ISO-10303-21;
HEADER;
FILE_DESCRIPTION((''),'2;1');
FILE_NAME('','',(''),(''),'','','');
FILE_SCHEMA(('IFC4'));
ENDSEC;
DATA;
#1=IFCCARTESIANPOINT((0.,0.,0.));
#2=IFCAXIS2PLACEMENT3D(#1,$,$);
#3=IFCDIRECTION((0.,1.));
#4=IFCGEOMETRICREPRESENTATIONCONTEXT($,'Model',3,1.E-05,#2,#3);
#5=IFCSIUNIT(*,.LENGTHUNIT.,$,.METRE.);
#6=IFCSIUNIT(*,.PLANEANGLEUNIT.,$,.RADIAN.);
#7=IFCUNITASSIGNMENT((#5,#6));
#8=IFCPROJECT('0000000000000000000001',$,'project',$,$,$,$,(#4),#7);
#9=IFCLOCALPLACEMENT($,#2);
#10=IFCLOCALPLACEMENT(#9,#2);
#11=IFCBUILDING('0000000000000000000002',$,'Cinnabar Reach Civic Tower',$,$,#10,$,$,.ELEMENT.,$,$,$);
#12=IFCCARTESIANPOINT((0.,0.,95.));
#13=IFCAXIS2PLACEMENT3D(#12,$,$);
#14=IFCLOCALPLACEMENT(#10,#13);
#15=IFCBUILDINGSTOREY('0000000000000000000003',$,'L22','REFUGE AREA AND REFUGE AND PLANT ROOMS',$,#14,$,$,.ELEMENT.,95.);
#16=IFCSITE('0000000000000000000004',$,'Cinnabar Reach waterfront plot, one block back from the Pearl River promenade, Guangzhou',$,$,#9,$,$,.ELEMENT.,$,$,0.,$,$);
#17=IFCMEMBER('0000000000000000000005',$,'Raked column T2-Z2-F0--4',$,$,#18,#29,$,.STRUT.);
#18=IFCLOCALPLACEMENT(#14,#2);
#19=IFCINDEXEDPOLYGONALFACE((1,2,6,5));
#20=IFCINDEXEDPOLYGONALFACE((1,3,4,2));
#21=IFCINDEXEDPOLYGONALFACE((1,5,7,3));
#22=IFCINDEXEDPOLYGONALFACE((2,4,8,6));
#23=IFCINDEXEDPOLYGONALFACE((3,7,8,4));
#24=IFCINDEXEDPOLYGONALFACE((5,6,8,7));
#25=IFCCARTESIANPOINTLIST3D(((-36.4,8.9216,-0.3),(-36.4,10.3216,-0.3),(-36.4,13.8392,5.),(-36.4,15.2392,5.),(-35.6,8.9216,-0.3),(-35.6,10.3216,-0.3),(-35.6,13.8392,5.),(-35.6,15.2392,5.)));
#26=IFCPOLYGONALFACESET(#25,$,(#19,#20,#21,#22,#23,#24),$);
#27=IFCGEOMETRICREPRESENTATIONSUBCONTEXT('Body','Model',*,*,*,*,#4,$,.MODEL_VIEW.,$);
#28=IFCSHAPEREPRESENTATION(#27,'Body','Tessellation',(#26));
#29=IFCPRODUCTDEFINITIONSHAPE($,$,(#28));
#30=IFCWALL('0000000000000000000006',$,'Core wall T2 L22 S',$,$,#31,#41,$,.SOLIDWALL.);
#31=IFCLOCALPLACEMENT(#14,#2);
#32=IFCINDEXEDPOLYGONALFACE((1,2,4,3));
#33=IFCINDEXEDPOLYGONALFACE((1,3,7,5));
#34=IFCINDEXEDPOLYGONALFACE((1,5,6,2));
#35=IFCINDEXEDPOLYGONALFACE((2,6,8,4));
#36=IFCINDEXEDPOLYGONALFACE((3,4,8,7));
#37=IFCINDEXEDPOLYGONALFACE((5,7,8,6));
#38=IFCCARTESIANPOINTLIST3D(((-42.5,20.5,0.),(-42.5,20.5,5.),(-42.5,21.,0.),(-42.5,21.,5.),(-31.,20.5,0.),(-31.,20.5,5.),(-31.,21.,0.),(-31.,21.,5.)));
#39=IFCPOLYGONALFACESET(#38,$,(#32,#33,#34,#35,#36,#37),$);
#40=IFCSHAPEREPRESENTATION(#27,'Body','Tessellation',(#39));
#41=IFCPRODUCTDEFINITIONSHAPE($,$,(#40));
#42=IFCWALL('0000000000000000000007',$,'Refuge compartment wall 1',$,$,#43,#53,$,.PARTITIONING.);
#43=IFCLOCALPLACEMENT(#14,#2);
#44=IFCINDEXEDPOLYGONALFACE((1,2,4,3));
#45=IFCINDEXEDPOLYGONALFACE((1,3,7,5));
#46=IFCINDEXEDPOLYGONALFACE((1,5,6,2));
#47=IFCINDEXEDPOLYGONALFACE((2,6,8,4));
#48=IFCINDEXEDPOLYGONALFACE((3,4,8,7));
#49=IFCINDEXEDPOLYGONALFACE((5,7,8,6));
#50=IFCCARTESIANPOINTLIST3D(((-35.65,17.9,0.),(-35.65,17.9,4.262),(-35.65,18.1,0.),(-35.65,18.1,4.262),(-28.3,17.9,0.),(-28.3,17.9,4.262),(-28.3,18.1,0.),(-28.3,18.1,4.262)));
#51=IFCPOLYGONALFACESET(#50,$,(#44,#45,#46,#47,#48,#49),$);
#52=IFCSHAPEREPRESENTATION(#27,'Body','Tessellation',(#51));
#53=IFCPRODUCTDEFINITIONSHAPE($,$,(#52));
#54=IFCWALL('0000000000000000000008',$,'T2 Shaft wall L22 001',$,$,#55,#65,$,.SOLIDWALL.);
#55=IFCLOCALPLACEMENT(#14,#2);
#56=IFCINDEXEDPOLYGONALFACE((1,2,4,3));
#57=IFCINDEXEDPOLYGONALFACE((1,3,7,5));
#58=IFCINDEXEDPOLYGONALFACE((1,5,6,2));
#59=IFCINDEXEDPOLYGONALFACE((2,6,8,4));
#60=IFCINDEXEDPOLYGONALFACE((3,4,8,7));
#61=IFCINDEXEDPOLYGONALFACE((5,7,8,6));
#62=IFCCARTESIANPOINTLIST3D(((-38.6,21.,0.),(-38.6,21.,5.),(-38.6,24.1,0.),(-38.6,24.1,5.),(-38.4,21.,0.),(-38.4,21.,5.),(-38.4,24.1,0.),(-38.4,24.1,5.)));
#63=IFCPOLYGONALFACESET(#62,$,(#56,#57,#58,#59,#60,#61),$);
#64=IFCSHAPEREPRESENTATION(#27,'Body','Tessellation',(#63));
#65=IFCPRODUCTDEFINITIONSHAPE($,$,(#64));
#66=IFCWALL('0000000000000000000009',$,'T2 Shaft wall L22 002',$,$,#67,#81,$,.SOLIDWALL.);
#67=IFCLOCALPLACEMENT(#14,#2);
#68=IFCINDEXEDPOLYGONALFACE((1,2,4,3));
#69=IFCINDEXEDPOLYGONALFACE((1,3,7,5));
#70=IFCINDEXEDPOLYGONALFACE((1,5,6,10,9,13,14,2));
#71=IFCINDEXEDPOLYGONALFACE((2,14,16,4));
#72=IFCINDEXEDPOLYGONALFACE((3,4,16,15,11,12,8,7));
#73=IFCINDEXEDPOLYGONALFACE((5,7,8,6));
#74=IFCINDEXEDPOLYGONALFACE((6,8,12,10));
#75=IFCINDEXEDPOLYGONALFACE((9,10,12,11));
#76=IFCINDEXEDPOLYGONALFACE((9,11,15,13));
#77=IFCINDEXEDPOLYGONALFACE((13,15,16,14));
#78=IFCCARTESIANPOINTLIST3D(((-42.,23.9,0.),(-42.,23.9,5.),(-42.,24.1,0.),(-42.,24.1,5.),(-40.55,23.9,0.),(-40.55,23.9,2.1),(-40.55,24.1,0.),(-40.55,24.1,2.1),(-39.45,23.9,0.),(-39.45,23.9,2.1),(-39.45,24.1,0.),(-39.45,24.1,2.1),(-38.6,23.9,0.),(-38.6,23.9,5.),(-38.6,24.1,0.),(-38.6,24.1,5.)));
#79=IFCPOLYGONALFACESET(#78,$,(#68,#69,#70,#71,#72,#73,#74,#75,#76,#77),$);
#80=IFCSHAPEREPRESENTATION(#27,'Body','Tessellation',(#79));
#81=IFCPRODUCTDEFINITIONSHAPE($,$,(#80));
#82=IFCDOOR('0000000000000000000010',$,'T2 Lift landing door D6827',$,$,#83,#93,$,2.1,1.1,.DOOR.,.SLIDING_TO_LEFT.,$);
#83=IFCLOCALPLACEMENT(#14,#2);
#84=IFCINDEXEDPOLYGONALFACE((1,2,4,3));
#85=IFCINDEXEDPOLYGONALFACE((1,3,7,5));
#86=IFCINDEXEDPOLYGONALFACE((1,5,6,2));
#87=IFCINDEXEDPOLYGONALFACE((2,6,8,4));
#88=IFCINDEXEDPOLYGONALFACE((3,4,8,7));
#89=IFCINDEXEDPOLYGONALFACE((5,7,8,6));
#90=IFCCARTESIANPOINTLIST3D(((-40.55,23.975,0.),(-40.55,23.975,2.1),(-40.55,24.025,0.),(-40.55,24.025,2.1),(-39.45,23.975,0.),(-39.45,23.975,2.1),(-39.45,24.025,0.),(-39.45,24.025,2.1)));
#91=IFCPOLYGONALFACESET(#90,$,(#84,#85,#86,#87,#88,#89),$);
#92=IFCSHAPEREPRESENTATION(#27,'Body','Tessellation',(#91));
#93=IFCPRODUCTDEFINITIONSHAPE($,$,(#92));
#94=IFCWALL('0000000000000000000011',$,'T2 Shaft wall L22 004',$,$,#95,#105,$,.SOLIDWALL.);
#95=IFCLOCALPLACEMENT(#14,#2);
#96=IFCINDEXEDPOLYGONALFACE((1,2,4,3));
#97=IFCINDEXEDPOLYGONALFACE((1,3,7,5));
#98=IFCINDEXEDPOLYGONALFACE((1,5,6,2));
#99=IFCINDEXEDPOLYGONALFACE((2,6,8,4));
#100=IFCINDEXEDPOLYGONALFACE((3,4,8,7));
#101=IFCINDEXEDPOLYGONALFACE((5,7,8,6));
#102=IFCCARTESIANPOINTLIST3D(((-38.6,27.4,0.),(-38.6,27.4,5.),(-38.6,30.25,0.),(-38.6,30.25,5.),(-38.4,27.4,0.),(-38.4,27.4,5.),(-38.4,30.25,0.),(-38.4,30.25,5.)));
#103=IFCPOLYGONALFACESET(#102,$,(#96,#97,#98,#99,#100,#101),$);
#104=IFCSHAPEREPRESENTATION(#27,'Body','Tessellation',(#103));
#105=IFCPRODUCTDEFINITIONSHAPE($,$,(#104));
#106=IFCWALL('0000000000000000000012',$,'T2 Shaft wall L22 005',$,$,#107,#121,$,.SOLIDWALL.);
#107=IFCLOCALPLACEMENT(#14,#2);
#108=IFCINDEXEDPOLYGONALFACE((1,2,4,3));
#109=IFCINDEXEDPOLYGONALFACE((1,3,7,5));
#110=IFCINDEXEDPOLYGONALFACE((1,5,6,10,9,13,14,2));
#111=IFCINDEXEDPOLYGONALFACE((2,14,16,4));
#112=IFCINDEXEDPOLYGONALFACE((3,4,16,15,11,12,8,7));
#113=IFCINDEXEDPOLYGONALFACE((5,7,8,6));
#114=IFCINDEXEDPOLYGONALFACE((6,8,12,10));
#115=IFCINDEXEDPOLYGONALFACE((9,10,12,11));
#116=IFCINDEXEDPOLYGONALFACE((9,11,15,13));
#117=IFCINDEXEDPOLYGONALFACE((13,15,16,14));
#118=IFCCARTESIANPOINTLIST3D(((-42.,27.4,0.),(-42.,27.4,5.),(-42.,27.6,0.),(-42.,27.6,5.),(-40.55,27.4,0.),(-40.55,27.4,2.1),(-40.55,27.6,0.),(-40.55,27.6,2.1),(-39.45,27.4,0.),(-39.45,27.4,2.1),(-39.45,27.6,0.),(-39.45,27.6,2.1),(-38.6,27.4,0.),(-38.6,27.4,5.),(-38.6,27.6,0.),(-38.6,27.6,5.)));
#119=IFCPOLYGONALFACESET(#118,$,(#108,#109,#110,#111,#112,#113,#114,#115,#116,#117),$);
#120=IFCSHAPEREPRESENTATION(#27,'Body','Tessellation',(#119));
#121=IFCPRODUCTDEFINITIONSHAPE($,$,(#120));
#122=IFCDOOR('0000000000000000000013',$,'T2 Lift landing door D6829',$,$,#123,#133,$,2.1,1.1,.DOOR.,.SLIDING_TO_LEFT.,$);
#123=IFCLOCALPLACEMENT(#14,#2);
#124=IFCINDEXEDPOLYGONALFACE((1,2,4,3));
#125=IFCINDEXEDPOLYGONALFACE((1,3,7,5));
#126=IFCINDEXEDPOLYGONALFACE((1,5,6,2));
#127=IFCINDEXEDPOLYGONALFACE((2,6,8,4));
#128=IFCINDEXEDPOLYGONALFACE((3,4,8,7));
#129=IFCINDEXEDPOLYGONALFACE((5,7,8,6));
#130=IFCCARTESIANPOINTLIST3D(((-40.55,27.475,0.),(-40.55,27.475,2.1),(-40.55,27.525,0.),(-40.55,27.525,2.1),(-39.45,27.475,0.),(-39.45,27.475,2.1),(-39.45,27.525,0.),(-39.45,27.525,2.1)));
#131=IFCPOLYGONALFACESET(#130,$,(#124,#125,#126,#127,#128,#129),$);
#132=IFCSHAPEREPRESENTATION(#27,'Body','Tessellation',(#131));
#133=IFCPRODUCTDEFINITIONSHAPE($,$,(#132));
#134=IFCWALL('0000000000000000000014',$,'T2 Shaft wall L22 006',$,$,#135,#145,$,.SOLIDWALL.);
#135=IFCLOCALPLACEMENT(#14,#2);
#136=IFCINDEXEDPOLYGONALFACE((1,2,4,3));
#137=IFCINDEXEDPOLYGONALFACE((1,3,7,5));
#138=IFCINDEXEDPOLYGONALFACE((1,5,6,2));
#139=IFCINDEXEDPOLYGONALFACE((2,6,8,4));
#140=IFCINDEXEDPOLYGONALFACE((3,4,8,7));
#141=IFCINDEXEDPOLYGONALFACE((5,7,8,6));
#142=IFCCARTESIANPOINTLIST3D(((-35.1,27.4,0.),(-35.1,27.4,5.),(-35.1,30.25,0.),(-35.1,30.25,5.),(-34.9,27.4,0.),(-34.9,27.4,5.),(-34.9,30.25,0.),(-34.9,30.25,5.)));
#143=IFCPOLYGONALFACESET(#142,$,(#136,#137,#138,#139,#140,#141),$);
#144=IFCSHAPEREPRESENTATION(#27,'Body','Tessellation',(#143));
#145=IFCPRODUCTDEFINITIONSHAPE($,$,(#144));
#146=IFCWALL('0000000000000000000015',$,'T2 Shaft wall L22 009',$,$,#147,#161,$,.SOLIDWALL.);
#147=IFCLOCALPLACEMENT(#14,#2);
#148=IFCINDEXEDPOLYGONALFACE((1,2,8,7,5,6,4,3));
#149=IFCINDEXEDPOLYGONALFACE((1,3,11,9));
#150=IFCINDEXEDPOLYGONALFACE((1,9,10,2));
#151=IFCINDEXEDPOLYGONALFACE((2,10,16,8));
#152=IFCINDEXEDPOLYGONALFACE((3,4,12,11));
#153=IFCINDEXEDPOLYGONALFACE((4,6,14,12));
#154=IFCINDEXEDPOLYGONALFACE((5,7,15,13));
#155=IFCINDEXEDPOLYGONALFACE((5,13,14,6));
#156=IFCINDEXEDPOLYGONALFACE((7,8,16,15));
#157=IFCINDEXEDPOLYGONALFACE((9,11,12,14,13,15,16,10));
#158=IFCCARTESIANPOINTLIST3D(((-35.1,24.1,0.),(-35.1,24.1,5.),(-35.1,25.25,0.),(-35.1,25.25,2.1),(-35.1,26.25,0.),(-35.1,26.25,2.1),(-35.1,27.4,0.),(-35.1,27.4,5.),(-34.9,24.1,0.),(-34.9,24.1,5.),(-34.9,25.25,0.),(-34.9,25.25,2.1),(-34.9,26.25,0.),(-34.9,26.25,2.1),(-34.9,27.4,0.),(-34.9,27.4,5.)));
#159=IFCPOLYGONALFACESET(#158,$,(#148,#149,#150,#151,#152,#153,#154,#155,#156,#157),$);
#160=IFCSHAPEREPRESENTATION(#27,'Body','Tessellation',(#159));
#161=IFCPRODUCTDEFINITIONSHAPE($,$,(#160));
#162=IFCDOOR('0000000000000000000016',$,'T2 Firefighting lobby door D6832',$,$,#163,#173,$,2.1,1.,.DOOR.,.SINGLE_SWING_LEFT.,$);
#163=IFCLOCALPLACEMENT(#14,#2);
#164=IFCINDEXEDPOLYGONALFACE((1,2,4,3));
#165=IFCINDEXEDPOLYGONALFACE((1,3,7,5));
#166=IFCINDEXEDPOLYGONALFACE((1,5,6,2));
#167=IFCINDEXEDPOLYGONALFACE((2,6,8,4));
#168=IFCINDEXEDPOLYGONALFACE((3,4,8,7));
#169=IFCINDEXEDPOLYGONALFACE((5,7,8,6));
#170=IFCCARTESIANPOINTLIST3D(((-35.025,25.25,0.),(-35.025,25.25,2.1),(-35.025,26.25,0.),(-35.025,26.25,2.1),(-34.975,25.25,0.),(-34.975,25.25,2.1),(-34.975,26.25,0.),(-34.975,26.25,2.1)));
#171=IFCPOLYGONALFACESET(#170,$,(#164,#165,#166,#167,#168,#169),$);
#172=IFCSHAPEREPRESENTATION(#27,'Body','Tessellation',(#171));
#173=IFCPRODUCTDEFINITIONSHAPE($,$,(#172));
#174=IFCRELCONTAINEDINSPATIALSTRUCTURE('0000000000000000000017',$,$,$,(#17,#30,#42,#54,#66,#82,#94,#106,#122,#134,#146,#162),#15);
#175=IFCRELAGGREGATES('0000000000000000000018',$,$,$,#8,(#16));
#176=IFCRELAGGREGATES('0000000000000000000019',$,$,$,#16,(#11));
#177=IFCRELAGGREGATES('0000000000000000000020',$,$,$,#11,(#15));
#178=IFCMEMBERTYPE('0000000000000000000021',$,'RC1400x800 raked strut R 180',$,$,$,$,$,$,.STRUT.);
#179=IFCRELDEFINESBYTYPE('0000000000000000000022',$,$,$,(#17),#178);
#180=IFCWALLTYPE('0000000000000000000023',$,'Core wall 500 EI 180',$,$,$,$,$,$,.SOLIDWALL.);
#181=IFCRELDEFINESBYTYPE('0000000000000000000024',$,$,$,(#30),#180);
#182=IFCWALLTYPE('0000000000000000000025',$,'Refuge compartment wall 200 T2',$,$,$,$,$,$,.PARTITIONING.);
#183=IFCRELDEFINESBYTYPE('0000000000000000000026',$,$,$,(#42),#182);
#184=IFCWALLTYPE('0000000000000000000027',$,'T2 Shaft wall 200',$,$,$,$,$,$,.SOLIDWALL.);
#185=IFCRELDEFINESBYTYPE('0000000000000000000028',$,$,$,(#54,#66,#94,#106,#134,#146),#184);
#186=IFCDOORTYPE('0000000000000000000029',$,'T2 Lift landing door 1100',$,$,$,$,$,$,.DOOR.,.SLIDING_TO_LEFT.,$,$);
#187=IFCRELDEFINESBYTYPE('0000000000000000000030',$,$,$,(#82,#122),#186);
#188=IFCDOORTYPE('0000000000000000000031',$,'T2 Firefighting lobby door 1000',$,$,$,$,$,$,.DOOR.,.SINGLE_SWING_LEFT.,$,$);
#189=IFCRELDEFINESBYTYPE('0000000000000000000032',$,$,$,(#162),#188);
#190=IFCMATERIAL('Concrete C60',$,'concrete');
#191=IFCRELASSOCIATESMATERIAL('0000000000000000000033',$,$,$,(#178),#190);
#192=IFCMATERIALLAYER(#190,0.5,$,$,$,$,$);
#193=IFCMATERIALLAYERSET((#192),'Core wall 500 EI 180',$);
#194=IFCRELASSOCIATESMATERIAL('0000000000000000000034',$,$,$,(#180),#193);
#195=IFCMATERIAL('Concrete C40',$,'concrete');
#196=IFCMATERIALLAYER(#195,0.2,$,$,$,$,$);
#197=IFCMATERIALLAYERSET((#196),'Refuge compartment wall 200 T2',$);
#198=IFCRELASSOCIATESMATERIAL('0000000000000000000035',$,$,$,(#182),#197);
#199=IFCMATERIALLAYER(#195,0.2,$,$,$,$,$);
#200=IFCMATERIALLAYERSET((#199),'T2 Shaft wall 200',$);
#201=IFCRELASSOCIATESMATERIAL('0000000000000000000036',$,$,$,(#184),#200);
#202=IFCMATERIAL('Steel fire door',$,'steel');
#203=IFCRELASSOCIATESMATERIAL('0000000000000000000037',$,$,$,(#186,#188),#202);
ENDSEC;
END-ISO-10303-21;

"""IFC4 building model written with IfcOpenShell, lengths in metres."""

from ifc_helpers import new_model, si_unit, direction, frame, frame_2d, origin, origin_2d, place, context, subcontext, project, spatial, rectangle, extrude, material, layer, layer_set, material_profile, profile_set, type_object, element, fill, save


model = new_model("IFC4")

# Units and contexts
model_context = context("Model", 3, precision=1e-05, world=origin(), true_north=direction((0.0, 1.0)))
body_context = subcontext(model_context, "Body", "Model", "MODEL_VIEW")
ifc_project = project(units=[si_unit("LENGTHUNIT", "METRE"), si_unit("PLANEANGLEUNIT", "RADIAN")], contexts=[model_context])

# Site, building, storey
site_placement = place(None, origin())
site = spatial("IfcSite", under=ifc_project, at=site_placement, Name="Cinnabar Reach waterfront plot, one block back from the Pearl River promenade, Guangzhou", CompositionType="ELEMENT", RefElevation=0.0)
building_placement = place(site_placement, origin())
building = spatial("IfcBuilding", under=site, at=building_placement, Name="Cinnabar Reach Civic Tower", CompositionType="ELEMENT")
storey_placement = place(building_placement, frame((0.0, 0.0, 95.0)))
storey = spatial("IfcBuildingStorey", under=building, at=storey_placement, Name="L22", Description="REFUGE AREA AND REFUGE AND PLANT ROOMS", CompositionType="ELEMENT", Elevation=95.0)

# Shared definitions
ifc_material_1 = material(Name="Concrete C60", Category="concrete")

# Member
ifc_material_profile_1 = material_profile(ifc_material_1, rectangle(XDim=1.4, YDim=0.8, at=origin_2d()), Name="RC1400x800")
ifc_profile_set_1 = profile_set([ifc_material_profile_1], Name="Concrete C60")
member_type = type_object("IfcMemberType", Name="RC1400x800 raked strut R 180", PredefinedType="STRUT", material=ifc_profile_set_1)
member_placement = place(storey_placement, frame((-36.0, 9.6216, -0.3), z_axis=(0.0, 0.0, 1.0), x_axis=(0.0, 1.0, 0.0)))
element("IfcMember", 1, at=member_placement, inside=storey, type_object=member_type, Name="Raked column T2-Z2-F0--4", PredefinedType="STRUT", context=body_context, shape_type="SweptSolid", body=[
    extrude(rectangle(XDim=1.4, YDim=0.8, at=origin_2d()), origin(), (0.680167, 0.0, 0.733057), 7.23),
])

# Walls
ifc_layer_1 = layer(ifc_material_1, 0.5)
ifc_layer_set_1 = layer_set([ifc_layer_1], Name="Core wall 500 EI 180")
wall_type_1 = type_object("IfcWallType", Name="Core wall 500 EI 180", PredefinedType="SOLIDWALL", material=ifc_layer_set_1)
wall_1_placement = place(storey_placement, frame((-42.5, 20.75, 0.0), z_axis=(0.0, 0.0, 1.0), x_axis=(1.0, 0.0, 0.0)))
element("IfcWall", 2, at=wall_1_placement, inside=storey, type_object=wall_type_1, Name="Core wall T2 L22 S", PredefinedType="SOLIDWALL", context=body_context, shape_type="SweptSolid", body=[
    extrude(rectangle(XDim=11.5, YDim=0.5, at=frame_2d((5.75, 0.0))), origin(), (0.0, 0.0, 1.0), 5.0),
])
ifc_material_2 = material(Name="Concrete C40", Category="concrete")
ifc_layer_2 = layer(ifc_material_2, 0.2)
ifc_layer_set_2 = layer_set([ifc_layer_2], Name="Refuge compartment wall 200 T2")
wall_type_2 = type_object("IfcWallType", Name="Refuge compartment wall 200 T2", PredefinedType="PARTITIONING", material=ifc_layer_set_2)
wall_2_placement = place(storey_placement, frame((-35.65, 18.0, 0.0), z_axis=(0.0, 0.0, 1.0), x_axis=(1.0, 0.0, 0.0)))
element("IfcWall", 3, at=wall_2_placement, inside=storey, type_object=wall_type_2, Name="Refuge compartment wall 1", PredefinedType="PARTITIONING", context=body_context, shape_type="SweptSolid", body=[
    extrude(rectangle(XDim=7.35, YDim=0.2, at=frame_2d((3.675, 0.0))), origin(), (0.0, 0.0, 1.0), 4.262),
])
ifc_layer_3 = layer(ifc_material_2, 0.2)
ifc_layer_set_3 = layer_set([ifc_layer_3], Name="T2 Shaft wall 200")
wall_type_3 = type_object("IfcWallType", Name="T2 Shaft wall 200", PredefinedType="SOLIDWALL", material=ifc_layer_set_3)
wall_3_placement = place(storey_placement, frame((-38.5, 21.0, 0.0), z_axis=(0.0, 0.0, 1.0), x_axis=(0.0, 1.0, 0.0)))
element("IfcWall", 4, at=wall_3_placement, inside=storey, type_object=wall_type_3, Name="T2 Shaft wall L22 001", PredefinedType="SOLIDWALL", context=body_context, shape_type="SweptSolid", body=[
    extrude(rectangle(XDim=3.1, YDim=0.2, at=frame_2d((1.55, 0.0))), origin(), (0.0, 0.0, 1.0), 5.0),
])

# Wall, opening, door
wall_4_placement = place(storey_placement, frame((-38.6, 24.0, 0.0), z_axis=(0.0, 0.0, 1.0), x_axis=(-1.0, 0.0, 0.0)))
wall_4 = element("IfcWall", 5, at=wall_4_placement, inside=storey, type_object=wall_type_3, Name="T2 Shaft wall L22 002", PredefinedType="SOLIDWALL", context=body_context, shape_type="SweptSolid", body=[
    extrude(rectangle(XDim=3.4, YDim=0.2, at=frame_2d((1.7, 0.0))), origin(), (0.0, 0.0, 1.0), 5.0),
])
opening_1_placement = place(wall_4_placement, frame((0.85, 0.0, 0.0)))
opening_1 = element("IfcOpeningElement", 6, at=opening_1_placement, cuts=wall_4, PredefinedType="OPENING", context=body_context, shape_type="SweptSolid", body=[
    extrude(rectangle(XDim=1.1, YDim=2.1, at=frame_2d((0.55, 1.05))), frame((0.0, 0.11, 0.0), z_axis=(0.0, -1.0, 0.0), x_axis=(1.0, 0.0, 0.0)), (0.0, 0.0, 1.0), 0.22),
])
ifc_material_3 = material(Name="Steel fire door", Category="steel")
door_type_1 = type_object("IfcDoorType", Name="T2 Lift landing door 1100", OperationType="SLIDING_TO_LEFT", PredefinedType="DOOR", material=ifc_material_3)
door_1_placement = place(opening_1_placement, origin())
door_1 = element("IfcDoor", 7, at=door_1_placement, inside=storey, type_object=door_type_1, Name="T2 Lift landing door D6827", OperationType="SLIDING_TO_LEFT", OverallHeight=2.1, OverallWidth=1.1, PredefinedType="DOOR", context=body_context, shape_type="SweptSolid", body=[
    extrude(rectangle(XDim=1.1, YDim=2.1, at=frame_2d((0.55, 1.05))), frame((0.0, 0.025, 0.0), z_axis=(0.0, -1.0, 0.0), x_axis=(1.0, 0.0, 0.0)), (0.0, 0.0, 1.0), 0.05),
])
fill(opening_1, door_1)

# Wall
wall_5_placement = place(storey_placement, frame((-38.5, 27.4, 0.0), z_axis=(0.0, 0.0, 1.0), x_axis=(0.0, 1.0, 0.0)))
element("IfcWall", 8, at=wall_5_placement, inside=storey, type_object=wall_type_3, Name="T2 Shaft wall L22 004", PredefinedType="SOLIDWALL", context=body_context, shape_type="SweptSolid", body=[
    extrude(rectangle(XDim=2.85, YDim=0.2, at=frame_2d((1.425, 0.0))), origin(), (0.0, 0.0, 1.0), 5.0),
])

# Wall, opening, door
wall_6_placement = place(storey_placement, frame((-42.0, 27.5, 0.0), z_axis=(0.0, 0.0, 1.0), x_axis=(1.0, 0.0, 0.0)))
wall_6 = element("IfcWall", 9, at=wall_6_placement, inside=storey, type_object=wall_type_3, Name="T2 Shaft wall L22 005", PredefinedType="SOLIDWALL", context=body_context, shape_type="SweptSolid", body=[
    extrude(rectangle(XDim=3.4, YDim=0.2, at=frame_2d((1.7, 0.0))), origin(), (0.0, 0.0, 1.0), 5.0),
])
opening_2_placement = place(wall_6_placement, frame((1.45, 0.0, 0.0)))
opening_2 = element("IfcOpeningElement", 10, at=opening_2_placement, cuts=wall_6, PredefinedType="OPENING", context=body_context, shape_type="SweptSolid", body=[
    extrude(rectangle(XDim=1.1, YDim=2.1, at=frame_2d((0.55, 1.05))), frame((0.0, 0.11, 0.0), z_axis=(0.0, -1.0, 0.0), x_axis=(1.0, 0.0, 0.0)), (0.0, 0.0, 1.0), 0.22),
])
door_2_placement = place(opening_2_placement, origin())
door_2 = element("IfcDoor", 11, at=door_2_placement, inside=storey, type_object=door_type_1, Name="T2 Lift landing door D6829", OperationType="SLIDING_TO_LEFT", OverallHeight=2.1, OverallWidth=1.1, PredefinedType="DOOR", context=body_context, shape_type="SweptSolid", body=[
    extrude(rectangle(XDim=1.1, YDim=2.1, at=frame_2d((0.55, 1.05))), frame((0.0, 0.025, 0.0), z_axis=(0.0, -1.0, 0.0), x_axis=(1.0, 0.0, 0.0)), (0.0, 0.0, 1.0), 0.05),
])
fill(opening_2, door_2)

# Wall
wall_7_placement = place(storey_placement, frame((-35.0, 27.4, 0.0), z_axis=(0.0, 0.0, 1.0), x_axis=(0.0, 1.0, 0.0)))
element("IfcWall", 12, at=wall_7_placement, inside=storey, type_object=wall_type_3, Name="T2 Shaft wall L22 006", PredefinedType="SOLIDWALL", context=body_context, shape_type="SweptSolid", body=[
    extrude(rectangle(XDim=2.85, YDim=0.2, at=frame_2d((1.425, 0.0))), origin(), (0.0, 0.0, 1.0), 5.0),
])

# Wall, opening, door
wall_8_placement = place(storey_placement, frame((-35.0, 24.1, 0.0), z_axis=(0.0, 0.0, 1.0), x_axis=(0.0, 1.0, 0.0)))
wall_8 = element("IfcWall", 13, at=wall_8_placement, inside=storey, type_object=wall_type_3, Name="T2 Shaft wall L22 009", PredefinedType="SOLIDWALL", context=body_context, shape_type="SweptSolid", body=[
    extrude(rectangle(XDim=3.3, YDim=0.2, at=frame_2d((1.65, 0.0))), origin(), (0.0, 0.0, 1.0), 5.0),
])
opening_3_placement = place(wall_8_placement, frame((1.15, 0.0, 0.0)))
opening_3 = element("IfcOpeningElement", 14, at=opening_3_placement, cuts=wall_8, PredefinedType="OPENING", context=body_context, shape_type="SweptSolid", body=[
    extrude(rectangle(XDim=1.0, YDim=2.1, at=frame_2d((0.5, 1.05))), frame((0.0, 0.11, 0.0), z_axis=(0.0, -1.0, 0.0), x_axis=(1.0, 0.0, 0.0)), (0.0, 0.0, 1.0), 0.22),
])
door_type_2 = type_object("IfcDoorType", Name="T2 Firefighting lobby door 1000", OperationType="SINGLE_SWING_LEFT", PredefinedType="DOOR", material=ifc_material_3)
door_3_placement = place(opening_3_placement, origin())
door_3 = element("IfcDoor", 15, at=door_3_placement, inside=storey, type_object=door_type_2, Name="T2 Firefighting lobby door D6832", OperationType="SINGLE_SWING_LEFT", OverallHeight=2.1, OverallWidth=1.0, PredefinedType="DOOR", context=body_context, shape_type="SweptSolid", body=[
    extrude(rectangle(XDim=1.0, YDim=2.1, at=frame_2d((0.5, 1.05))), frame((0.0, 0.025, 0.0), z_axis=(0.0, -1.0, 0.0), x_axis=(1.0, 0.0, 0.0)), (0.0, 0.0, 1.0), 0.05),
])
fill(opening_3, door_3)

save(model, "model.ifc")
